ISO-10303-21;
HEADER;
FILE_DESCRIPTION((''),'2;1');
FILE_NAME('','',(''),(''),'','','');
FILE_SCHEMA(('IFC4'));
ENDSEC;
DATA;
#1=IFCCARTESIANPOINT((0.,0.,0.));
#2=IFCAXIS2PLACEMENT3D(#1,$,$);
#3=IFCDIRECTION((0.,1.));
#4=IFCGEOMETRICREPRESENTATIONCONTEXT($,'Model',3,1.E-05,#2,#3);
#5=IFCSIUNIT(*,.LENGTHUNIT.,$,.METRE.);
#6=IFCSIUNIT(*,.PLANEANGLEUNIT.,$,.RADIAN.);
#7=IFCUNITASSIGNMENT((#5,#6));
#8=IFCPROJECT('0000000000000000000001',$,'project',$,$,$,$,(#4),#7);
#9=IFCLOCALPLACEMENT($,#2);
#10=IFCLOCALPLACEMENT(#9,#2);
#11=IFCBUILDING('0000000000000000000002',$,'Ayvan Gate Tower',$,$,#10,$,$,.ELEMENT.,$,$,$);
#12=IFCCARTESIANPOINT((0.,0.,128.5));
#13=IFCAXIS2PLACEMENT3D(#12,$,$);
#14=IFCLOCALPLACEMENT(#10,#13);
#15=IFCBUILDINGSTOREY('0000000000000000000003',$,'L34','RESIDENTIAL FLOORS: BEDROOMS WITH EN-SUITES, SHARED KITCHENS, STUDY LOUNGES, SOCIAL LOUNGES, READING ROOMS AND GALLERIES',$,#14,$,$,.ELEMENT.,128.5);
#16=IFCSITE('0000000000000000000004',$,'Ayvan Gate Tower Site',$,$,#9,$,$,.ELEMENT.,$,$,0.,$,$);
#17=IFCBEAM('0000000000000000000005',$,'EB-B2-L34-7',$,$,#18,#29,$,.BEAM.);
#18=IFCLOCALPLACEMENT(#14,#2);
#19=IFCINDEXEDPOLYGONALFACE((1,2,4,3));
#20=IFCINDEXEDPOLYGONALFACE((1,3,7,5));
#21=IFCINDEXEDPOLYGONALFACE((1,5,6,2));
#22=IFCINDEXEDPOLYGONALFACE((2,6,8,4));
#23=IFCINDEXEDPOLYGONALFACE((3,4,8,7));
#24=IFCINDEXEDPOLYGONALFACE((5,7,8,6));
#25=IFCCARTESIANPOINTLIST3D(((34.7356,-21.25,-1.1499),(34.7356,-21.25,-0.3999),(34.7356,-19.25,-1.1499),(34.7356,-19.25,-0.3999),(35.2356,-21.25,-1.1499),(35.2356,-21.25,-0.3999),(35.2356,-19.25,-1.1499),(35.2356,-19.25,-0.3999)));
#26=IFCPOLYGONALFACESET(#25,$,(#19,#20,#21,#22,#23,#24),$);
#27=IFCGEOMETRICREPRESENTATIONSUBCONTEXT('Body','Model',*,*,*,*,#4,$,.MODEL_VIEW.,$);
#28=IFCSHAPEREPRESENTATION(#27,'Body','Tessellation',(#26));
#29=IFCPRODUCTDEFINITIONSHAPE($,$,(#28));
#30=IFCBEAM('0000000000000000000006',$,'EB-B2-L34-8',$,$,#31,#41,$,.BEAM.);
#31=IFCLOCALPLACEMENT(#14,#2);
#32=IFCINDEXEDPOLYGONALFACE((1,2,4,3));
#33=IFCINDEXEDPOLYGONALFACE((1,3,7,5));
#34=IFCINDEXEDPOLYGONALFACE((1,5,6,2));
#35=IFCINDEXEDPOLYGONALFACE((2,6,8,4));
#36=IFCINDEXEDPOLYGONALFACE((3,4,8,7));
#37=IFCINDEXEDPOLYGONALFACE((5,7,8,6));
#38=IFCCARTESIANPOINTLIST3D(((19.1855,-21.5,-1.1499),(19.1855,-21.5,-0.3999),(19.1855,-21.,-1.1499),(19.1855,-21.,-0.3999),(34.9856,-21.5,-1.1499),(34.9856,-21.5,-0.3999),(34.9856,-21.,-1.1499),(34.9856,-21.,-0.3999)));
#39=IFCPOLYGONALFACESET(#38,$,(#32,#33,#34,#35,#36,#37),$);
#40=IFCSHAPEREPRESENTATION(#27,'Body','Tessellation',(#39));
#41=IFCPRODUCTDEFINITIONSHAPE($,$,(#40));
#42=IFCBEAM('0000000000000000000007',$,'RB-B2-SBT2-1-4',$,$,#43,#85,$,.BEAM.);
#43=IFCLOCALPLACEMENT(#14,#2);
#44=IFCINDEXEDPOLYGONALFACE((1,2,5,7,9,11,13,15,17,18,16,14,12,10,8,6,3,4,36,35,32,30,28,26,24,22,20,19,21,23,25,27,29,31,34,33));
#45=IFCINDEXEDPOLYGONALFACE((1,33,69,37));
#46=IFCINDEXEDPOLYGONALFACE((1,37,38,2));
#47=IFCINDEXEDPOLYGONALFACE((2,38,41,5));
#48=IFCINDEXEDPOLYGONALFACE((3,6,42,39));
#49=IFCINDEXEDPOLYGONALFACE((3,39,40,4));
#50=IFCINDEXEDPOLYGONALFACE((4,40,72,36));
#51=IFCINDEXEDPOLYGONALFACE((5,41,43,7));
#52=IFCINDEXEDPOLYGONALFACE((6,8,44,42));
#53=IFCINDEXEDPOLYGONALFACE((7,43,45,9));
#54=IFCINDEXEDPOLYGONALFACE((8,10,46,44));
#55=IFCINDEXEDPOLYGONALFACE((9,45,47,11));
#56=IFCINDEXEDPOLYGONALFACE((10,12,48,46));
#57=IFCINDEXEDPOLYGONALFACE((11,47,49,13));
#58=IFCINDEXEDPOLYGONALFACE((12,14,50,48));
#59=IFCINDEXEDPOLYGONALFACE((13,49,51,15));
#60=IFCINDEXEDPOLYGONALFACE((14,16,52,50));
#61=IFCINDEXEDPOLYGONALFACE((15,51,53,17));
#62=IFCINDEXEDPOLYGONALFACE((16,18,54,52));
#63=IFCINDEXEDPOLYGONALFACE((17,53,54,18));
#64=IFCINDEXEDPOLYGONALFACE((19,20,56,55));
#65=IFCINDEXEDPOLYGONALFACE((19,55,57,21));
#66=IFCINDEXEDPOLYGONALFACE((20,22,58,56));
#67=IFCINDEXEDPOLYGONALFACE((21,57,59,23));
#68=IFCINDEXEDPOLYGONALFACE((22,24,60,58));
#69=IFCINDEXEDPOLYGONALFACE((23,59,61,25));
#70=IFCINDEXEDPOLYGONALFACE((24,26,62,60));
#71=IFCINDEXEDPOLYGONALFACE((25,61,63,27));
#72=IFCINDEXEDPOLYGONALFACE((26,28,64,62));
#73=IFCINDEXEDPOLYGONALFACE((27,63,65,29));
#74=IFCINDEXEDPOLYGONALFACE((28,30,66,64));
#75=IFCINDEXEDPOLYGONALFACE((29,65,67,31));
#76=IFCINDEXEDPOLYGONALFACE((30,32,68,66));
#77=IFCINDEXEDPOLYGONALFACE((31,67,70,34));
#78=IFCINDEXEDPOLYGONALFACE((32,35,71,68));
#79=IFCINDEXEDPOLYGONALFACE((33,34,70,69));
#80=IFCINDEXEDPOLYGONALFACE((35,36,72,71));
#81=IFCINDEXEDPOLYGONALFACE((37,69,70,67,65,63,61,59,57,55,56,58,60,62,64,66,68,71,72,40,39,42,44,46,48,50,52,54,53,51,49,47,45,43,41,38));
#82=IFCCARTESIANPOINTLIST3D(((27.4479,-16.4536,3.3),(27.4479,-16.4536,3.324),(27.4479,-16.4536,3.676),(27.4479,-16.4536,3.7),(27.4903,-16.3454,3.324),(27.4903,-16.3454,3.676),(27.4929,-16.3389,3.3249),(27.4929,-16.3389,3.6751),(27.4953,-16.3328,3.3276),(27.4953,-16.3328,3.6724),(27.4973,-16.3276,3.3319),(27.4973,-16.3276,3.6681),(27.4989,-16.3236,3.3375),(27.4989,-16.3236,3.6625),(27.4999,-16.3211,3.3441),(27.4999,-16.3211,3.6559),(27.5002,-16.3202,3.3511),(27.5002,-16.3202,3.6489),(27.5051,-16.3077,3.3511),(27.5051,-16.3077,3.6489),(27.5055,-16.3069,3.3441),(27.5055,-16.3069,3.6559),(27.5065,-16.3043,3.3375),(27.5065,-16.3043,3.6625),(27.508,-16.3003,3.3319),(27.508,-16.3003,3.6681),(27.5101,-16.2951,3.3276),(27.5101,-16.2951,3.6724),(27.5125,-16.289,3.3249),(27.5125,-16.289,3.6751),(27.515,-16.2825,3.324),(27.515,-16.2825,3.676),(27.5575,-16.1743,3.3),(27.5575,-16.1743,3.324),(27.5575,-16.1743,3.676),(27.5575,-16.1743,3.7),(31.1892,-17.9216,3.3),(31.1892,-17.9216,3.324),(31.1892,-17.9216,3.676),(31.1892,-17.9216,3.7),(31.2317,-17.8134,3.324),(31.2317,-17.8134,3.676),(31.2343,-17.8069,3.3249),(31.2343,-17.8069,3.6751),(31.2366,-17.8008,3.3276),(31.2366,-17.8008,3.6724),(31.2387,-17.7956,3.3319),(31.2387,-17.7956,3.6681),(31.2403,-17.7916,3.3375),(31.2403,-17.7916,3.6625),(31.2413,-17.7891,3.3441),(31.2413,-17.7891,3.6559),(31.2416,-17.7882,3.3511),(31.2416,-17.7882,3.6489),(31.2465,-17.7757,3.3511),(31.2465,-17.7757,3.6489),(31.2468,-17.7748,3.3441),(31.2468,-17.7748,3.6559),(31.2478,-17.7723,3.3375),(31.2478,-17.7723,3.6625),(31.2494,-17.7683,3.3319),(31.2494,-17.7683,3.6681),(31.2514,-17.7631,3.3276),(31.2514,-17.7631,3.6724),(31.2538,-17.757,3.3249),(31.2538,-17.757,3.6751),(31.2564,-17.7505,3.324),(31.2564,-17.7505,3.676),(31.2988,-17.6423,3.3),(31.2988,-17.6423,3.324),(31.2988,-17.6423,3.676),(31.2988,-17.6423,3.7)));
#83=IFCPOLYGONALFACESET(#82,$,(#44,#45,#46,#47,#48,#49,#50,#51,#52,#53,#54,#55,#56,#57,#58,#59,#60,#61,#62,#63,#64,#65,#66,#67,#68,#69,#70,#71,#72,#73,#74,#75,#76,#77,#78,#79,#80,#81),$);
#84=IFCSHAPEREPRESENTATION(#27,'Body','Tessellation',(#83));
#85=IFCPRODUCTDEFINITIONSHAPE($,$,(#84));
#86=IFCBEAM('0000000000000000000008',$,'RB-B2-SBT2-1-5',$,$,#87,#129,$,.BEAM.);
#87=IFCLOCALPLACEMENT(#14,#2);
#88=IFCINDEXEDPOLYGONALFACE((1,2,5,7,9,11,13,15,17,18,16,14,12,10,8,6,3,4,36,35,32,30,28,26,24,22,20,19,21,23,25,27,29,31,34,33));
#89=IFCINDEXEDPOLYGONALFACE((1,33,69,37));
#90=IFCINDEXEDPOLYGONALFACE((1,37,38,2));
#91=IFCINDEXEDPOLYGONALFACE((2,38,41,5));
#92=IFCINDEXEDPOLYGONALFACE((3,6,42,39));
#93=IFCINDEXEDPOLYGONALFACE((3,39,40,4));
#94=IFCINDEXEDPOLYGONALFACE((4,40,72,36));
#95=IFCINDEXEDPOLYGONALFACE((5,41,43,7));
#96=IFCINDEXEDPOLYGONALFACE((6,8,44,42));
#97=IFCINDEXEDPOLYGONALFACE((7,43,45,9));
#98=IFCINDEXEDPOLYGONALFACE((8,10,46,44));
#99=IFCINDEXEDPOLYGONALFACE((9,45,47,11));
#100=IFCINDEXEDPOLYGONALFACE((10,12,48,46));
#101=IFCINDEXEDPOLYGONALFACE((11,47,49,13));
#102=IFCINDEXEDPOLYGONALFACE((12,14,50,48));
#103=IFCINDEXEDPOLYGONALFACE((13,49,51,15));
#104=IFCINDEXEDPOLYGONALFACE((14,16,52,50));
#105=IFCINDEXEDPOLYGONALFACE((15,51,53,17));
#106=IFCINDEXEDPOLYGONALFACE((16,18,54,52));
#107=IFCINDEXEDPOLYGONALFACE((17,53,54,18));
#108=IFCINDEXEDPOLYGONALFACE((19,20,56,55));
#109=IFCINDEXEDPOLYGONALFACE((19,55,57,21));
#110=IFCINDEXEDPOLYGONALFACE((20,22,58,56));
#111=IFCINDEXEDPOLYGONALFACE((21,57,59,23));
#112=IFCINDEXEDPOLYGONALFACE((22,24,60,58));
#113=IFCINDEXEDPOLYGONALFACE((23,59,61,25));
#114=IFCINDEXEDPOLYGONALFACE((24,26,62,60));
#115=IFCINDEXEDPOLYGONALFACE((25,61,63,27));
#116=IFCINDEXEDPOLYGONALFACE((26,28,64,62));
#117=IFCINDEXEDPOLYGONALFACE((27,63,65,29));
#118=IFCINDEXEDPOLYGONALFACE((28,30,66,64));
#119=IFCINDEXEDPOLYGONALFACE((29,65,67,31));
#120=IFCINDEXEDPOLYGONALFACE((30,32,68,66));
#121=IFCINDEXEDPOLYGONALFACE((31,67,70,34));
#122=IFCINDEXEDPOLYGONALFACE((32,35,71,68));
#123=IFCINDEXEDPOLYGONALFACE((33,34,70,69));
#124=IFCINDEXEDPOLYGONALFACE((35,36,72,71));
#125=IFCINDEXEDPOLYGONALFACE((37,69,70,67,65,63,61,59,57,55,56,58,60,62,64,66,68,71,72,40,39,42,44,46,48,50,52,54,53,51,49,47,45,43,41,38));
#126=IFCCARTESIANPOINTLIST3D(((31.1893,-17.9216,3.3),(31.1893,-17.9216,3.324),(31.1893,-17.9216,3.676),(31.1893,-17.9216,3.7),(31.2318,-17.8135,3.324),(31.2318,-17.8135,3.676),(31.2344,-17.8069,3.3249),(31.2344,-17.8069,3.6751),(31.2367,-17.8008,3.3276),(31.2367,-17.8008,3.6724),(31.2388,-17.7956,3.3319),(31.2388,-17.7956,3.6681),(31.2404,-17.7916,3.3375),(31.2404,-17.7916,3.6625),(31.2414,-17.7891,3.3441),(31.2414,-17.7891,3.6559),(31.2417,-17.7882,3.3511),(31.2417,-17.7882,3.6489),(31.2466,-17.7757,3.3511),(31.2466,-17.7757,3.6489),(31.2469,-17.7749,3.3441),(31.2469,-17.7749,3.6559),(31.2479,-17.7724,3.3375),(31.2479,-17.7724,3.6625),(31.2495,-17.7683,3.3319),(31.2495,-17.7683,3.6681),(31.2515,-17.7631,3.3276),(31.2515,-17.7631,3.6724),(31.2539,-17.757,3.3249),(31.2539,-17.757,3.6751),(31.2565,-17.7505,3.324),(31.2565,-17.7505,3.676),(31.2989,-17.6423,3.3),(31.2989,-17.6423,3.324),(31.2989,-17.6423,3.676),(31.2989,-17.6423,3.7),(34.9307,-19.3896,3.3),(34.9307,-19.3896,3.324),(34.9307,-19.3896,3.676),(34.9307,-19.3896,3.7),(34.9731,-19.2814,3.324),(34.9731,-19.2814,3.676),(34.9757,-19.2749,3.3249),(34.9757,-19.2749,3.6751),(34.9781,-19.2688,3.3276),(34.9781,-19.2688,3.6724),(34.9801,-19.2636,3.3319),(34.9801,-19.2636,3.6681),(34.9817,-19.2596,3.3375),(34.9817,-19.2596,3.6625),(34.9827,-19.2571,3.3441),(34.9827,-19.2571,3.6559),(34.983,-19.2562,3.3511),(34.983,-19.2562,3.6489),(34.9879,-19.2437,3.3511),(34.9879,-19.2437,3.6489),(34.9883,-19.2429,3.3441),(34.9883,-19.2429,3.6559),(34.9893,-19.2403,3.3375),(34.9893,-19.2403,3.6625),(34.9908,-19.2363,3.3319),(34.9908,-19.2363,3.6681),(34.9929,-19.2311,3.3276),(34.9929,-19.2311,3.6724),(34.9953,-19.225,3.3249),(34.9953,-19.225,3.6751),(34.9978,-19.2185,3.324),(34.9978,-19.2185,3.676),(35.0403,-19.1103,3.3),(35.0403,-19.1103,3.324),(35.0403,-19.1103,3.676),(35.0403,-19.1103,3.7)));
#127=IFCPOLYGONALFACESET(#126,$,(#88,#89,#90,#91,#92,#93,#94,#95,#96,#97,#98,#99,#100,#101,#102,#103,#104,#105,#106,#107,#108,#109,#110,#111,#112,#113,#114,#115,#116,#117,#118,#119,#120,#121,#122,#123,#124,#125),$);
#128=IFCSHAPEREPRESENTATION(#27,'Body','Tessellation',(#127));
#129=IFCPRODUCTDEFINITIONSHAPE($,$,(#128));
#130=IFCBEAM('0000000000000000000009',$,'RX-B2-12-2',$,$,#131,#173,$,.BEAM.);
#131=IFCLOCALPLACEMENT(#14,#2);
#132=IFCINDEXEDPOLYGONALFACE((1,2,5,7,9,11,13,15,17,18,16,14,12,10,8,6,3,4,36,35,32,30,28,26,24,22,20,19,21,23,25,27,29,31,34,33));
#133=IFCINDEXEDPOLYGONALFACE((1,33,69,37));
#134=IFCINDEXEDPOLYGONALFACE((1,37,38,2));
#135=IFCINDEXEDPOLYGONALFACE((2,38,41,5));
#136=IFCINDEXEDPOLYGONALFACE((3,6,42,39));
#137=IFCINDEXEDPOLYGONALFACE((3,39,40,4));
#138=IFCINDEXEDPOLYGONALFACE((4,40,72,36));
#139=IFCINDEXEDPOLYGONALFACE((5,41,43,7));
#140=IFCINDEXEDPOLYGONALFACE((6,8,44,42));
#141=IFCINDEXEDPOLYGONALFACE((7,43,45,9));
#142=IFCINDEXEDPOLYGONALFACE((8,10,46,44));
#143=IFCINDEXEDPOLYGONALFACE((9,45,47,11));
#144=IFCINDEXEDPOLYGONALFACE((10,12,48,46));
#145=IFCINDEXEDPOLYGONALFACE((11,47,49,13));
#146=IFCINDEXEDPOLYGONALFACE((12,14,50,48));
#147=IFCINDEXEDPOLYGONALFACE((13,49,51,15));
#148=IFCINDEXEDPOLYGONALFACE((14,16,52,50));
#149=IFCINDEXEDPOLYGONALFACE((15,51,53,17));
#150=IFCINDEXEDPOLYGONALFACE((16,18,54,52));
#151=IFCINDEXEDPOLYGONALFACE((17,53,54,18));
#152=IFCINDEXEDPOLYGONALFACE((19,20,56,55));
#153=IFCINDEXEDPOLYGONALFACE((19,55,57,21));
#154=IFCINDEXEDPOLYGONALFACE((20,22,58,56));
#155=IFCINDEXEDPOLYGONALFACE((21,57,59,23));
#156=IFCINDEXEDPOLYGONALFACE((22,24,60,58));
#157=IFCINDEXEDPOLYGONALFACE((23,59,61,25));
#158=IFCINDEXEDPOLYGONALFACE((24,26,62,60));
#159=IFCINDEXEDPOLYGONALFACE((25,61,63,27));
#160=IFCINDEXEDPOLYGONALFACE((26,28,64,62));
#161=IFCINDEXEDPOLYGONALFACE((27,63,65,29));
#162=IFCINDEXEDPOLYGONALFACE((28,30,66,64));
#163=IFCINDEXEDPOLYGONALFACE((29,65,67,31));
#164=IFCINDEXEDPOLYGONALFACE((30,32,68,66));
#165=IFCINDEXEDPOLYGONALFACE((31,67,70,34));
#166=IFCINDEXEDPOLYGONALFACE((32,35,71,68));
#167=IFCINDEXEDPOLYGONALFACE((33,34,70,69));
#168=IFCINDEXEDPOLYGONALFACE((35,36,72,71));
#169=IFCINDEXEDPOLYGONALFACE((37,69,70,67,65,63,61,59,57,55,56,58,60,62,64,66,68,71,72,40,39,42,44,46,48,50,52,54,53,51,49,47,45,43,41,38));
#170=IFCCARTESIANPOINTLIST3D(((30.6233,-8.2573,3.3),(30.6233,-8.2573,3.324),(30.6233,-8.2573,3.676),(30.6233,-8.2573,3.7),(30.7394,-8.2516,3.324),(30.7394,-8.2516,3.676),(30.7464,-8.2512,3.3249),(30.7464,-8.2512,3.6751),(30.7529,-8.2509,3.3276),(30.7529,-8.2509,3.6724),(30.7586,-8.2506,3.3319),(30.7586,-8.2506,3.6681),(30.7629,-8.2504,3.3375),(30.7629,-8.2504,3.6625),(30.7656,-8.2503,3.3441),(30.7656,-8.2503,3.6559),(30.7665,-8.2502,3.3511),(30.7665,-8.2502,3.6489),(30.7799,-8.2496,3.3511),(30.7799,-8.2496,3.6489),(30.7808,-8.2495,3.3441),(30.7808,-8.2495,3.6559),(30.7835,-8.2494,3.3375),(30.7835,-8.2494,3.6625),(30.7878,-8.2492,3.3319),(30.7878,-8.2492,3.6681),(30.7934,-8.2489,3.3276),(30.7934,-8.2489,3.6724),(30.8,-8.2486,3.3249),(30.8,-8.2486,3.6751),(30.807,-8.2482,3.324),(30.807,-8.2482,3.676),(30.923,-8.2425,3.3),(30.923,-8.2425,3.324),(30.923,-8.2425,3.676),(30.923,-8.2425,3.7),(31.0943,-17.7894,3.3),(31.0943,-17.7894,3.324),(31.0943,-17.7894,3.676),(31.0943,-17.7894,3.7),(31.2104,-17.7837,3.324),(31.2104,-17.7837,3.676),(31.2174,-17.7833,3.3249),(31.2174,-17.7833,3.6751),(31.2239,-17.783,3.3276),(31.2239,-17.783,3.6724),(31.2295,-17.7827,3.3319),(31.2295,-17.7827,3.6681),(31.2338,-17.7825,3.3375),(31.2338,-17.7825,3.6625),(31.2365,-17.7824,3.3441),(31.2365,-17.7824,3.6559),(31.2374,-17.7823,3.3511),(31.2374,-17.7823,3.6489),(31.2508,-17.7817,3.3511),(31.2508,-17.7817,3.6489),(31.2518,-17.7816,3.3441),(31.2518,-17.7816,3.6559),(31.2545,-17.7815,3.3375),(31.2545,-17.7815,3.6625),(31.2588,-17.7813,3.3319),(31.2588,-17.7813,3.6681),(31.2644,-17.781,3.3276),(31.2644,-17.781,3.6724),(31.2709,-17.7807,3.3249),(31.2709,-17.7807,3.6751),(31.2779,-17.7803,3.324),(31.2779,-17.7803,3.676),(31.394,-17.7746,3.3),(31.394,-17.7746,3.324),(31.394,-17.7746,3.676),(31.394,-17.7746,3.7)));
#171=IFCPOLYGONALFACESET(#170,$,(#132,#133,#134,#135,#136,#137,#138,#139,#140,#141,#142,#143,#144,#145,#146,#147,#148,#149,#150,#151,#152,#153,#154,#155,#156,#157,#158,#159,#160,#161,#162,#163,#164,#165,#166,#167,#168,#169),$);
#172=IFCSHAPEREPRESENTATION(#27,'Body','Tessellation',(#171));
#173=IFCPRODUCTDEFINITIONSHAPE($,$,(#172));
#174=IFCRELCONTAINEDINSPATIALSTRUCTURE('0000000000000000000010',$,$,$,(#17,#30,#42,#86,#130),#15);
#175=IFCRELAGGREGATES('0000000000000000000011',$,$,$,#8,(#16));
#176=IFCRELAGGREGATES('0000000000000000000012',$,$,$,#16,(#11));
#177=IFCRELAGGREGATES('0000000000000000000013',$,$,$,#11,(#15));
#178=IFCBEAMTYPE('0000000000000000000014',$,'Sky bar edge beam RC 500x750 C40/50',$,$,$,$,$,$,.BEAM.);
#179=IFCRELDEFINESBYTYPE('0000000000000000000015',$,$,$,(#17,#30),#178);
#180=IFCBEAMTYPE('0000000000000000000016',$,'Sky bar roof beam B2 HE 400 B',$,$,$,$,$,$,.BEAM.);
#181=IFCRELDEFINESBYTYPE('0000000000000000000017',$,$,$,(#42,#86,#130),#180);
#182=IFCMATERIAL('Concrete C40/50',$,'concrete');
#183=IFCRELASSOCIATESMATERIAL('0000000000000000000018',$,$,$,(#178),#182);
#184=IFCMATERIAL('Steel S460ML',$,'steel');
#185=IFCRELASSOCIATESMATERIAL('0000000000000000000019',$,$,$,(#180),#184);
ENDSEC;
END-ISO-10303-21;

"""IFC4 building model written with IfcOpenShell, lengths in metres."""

from ifc_helpers import new_model, si_unit, direction, frame, origin, origin_2d, place, context, subcontext, project, spatial, rectangle, i_section, extrude, material, material_profile, profile_set, type_object, element, save


model = new_model("IFC4")

# Units and contexts
model_context = context("Model", 3, precision=1e-05, world=origin(), true_north=direction((0.0, 1.0)))
body_context = subcontext(model_context, "Body", "Model", "MODEL_VIEW")
ifc_project = project(units=[si_unit("LENGTHUNIT", "METRE"), si_unit("PLANEANGLEUNIT", "RADIAN")], contexts=[model_context])

# Site, building, storey
site_placement = place(None, origin())
site = spatial("IfcSite", under=ifc_project, at=site_placement, Name="Ayvan Gate Tower Site", CompositionType="ELEMENT", RefElevation=0.0)
building_placement = place(site_placement, origin())
building = spatial("IfcBuilding", under=site, at=building_placement, Name="Ayvan Gate Tower", CompositionType="ELEMENT")
storey_placement = place(building_placement, frame((0.0, 0.0, 128.5)))
storey = spatial("IfcBuildingStorey", under=building, at=storey_placement, Name="L34", Description="RESIDENTIAL FLOORS: BEDROOMS WITH EN-SUITES, SHARED KITCHENS, STUDY LOUNGES, SOCIAL LOUNGES, READING ROOMS AND GALLERIES", CompositionType="ELEMENT", Elevation=128.5)

# Beams
ifc_material_1 = material(Name="Concrete C40/50", Category="concrete")
ifc_material_profile_1 = material_profile(ifc_material_1, rectangle(XDim=0.5, YDim=0.75, at=origin_2d()), Name="RC 500x750")
ifc_profile_set_1 = profile_set([ifc_material_profile_1], Name="Concrete C40/50")
beam_type_1 = type_object("IfcBeamType", Name="Sky bar edge beam RC 500x750 C40/50", PredefinedType="BEAM", material=ifc_profile_set_1)
beam_1_placement = place(storey_placement, frame((34.9856, -19.25, -0.7749), z_axis=(0.0, -1.0, 0.0), x_axis=(1.0, 0.0, 0.0)))
element("IfcBeam", 1, at=beam_1_placement, inside=storey, type_object=beam_type_1, Name="EB-B2-L34-7", PredefinedType="BEAM", context=body_context, shape_type="SweptSolid", body=[
    extrude(rectangle(XDim=0.5, YDim=0.75, at=origin_2d()), origin(), (0.0, 0.0, 1.0), 2.0),
])
beam_2_placement = place(storey_placement, frame((34.9856, -21.25, -0.7749), z_axis=(-1.0, 0.0, 0.0), x_axis=(0.0, -1.0, 0.0)))
element("IfcBeam", 2, at=beam_2_placement, inside=storey, type_object=beam_type_1, Name="EB-B2-L34-8", PredefinedType="BEAM", context=body_context, shape_type="SweptSolid", body=[
    extrude(rectangle(XDim=0.5, YDim=0.75, at=origin_2d()), origin(), (0.0, 0.0, 1.0), 15.8),
])
ifc_material_2 = material(Name="Steel S460ML", Category="steel")
ifc_material_profile_2 = material_profile(ifc_material_2, i_section(OverallWidth=0.3, OverallDepth=0.3999, WebThickness=0.0134, FlangeThickness=0.0239, FilletRadius=0.0271, at=origin_2d()), Name="HE 400 B")
ifc_profile_set_2 = profile_set([ifc_material_profile_2], Name="Steel S460ML")
beam_type_2 = type_object("IfcBeamType", Name="Sky bar roof beam B2 HE 400 B", PredefinedType="BEAM", material=ifc_profile_set_2)
for number, where, z_axis, x_axis, name in (
    (3, (27.5027, -16.314, 3.5), (0.930907, -0.365256, 0.0), (0.365256, 0.930907, 0.0), "RB-B2-SBT2-1-4"),
    (4, (31.2441, -17.782, 3.5), (0.930907, -0.365256, 0.0), (0.365256, 0.930907, 0.0), "RB-B2-SBT2-1-5"),
):
    element("IfcBeam", number, at=place(storey_placement, frame(where, z_axis=z_axis, x_axis=x_axis)), inside=storey, type_object=beam_type_2, Name=name, PredefinedType="BEAM", context=body_context, shape_type="SweptSolid", body=[
        extrude(i_section(OverallWidth=0.3, OverallDepth=0.3999, WebThickness=0.0134, FlangeThickness=0.0239, FilletRadius=0.0271, at=origin_2d()), origin(), (0.0, 0.0, 1.0), 4.019),
    ])
beam_3_placement = place(storey_placement, frame((31.2441, -17.782, 3.5), z_axis=(-0.049347, 0.998782, 0.0), x_axis=(-0.998782, -0.049347, 0.0)))
element("IfcBeam", 5, at=beam_3_placement, inside=storey, type_object=beam_type_2, Name="RX-B2-12-2", PredefinedType="BEAM", context=body_context, shape_type="SweptSolid", body=[
    extrude(i_section(OverallWidth=0.3, OverallDepth=0.3999, WebThickness=0.0134, FlangeThickness=0.0239, FilletRadius=0.0271, at=origin_2d()), origin(), (0.0, 0.0, 1.0), 9.5437),
])

save(model, "model.ifc")
